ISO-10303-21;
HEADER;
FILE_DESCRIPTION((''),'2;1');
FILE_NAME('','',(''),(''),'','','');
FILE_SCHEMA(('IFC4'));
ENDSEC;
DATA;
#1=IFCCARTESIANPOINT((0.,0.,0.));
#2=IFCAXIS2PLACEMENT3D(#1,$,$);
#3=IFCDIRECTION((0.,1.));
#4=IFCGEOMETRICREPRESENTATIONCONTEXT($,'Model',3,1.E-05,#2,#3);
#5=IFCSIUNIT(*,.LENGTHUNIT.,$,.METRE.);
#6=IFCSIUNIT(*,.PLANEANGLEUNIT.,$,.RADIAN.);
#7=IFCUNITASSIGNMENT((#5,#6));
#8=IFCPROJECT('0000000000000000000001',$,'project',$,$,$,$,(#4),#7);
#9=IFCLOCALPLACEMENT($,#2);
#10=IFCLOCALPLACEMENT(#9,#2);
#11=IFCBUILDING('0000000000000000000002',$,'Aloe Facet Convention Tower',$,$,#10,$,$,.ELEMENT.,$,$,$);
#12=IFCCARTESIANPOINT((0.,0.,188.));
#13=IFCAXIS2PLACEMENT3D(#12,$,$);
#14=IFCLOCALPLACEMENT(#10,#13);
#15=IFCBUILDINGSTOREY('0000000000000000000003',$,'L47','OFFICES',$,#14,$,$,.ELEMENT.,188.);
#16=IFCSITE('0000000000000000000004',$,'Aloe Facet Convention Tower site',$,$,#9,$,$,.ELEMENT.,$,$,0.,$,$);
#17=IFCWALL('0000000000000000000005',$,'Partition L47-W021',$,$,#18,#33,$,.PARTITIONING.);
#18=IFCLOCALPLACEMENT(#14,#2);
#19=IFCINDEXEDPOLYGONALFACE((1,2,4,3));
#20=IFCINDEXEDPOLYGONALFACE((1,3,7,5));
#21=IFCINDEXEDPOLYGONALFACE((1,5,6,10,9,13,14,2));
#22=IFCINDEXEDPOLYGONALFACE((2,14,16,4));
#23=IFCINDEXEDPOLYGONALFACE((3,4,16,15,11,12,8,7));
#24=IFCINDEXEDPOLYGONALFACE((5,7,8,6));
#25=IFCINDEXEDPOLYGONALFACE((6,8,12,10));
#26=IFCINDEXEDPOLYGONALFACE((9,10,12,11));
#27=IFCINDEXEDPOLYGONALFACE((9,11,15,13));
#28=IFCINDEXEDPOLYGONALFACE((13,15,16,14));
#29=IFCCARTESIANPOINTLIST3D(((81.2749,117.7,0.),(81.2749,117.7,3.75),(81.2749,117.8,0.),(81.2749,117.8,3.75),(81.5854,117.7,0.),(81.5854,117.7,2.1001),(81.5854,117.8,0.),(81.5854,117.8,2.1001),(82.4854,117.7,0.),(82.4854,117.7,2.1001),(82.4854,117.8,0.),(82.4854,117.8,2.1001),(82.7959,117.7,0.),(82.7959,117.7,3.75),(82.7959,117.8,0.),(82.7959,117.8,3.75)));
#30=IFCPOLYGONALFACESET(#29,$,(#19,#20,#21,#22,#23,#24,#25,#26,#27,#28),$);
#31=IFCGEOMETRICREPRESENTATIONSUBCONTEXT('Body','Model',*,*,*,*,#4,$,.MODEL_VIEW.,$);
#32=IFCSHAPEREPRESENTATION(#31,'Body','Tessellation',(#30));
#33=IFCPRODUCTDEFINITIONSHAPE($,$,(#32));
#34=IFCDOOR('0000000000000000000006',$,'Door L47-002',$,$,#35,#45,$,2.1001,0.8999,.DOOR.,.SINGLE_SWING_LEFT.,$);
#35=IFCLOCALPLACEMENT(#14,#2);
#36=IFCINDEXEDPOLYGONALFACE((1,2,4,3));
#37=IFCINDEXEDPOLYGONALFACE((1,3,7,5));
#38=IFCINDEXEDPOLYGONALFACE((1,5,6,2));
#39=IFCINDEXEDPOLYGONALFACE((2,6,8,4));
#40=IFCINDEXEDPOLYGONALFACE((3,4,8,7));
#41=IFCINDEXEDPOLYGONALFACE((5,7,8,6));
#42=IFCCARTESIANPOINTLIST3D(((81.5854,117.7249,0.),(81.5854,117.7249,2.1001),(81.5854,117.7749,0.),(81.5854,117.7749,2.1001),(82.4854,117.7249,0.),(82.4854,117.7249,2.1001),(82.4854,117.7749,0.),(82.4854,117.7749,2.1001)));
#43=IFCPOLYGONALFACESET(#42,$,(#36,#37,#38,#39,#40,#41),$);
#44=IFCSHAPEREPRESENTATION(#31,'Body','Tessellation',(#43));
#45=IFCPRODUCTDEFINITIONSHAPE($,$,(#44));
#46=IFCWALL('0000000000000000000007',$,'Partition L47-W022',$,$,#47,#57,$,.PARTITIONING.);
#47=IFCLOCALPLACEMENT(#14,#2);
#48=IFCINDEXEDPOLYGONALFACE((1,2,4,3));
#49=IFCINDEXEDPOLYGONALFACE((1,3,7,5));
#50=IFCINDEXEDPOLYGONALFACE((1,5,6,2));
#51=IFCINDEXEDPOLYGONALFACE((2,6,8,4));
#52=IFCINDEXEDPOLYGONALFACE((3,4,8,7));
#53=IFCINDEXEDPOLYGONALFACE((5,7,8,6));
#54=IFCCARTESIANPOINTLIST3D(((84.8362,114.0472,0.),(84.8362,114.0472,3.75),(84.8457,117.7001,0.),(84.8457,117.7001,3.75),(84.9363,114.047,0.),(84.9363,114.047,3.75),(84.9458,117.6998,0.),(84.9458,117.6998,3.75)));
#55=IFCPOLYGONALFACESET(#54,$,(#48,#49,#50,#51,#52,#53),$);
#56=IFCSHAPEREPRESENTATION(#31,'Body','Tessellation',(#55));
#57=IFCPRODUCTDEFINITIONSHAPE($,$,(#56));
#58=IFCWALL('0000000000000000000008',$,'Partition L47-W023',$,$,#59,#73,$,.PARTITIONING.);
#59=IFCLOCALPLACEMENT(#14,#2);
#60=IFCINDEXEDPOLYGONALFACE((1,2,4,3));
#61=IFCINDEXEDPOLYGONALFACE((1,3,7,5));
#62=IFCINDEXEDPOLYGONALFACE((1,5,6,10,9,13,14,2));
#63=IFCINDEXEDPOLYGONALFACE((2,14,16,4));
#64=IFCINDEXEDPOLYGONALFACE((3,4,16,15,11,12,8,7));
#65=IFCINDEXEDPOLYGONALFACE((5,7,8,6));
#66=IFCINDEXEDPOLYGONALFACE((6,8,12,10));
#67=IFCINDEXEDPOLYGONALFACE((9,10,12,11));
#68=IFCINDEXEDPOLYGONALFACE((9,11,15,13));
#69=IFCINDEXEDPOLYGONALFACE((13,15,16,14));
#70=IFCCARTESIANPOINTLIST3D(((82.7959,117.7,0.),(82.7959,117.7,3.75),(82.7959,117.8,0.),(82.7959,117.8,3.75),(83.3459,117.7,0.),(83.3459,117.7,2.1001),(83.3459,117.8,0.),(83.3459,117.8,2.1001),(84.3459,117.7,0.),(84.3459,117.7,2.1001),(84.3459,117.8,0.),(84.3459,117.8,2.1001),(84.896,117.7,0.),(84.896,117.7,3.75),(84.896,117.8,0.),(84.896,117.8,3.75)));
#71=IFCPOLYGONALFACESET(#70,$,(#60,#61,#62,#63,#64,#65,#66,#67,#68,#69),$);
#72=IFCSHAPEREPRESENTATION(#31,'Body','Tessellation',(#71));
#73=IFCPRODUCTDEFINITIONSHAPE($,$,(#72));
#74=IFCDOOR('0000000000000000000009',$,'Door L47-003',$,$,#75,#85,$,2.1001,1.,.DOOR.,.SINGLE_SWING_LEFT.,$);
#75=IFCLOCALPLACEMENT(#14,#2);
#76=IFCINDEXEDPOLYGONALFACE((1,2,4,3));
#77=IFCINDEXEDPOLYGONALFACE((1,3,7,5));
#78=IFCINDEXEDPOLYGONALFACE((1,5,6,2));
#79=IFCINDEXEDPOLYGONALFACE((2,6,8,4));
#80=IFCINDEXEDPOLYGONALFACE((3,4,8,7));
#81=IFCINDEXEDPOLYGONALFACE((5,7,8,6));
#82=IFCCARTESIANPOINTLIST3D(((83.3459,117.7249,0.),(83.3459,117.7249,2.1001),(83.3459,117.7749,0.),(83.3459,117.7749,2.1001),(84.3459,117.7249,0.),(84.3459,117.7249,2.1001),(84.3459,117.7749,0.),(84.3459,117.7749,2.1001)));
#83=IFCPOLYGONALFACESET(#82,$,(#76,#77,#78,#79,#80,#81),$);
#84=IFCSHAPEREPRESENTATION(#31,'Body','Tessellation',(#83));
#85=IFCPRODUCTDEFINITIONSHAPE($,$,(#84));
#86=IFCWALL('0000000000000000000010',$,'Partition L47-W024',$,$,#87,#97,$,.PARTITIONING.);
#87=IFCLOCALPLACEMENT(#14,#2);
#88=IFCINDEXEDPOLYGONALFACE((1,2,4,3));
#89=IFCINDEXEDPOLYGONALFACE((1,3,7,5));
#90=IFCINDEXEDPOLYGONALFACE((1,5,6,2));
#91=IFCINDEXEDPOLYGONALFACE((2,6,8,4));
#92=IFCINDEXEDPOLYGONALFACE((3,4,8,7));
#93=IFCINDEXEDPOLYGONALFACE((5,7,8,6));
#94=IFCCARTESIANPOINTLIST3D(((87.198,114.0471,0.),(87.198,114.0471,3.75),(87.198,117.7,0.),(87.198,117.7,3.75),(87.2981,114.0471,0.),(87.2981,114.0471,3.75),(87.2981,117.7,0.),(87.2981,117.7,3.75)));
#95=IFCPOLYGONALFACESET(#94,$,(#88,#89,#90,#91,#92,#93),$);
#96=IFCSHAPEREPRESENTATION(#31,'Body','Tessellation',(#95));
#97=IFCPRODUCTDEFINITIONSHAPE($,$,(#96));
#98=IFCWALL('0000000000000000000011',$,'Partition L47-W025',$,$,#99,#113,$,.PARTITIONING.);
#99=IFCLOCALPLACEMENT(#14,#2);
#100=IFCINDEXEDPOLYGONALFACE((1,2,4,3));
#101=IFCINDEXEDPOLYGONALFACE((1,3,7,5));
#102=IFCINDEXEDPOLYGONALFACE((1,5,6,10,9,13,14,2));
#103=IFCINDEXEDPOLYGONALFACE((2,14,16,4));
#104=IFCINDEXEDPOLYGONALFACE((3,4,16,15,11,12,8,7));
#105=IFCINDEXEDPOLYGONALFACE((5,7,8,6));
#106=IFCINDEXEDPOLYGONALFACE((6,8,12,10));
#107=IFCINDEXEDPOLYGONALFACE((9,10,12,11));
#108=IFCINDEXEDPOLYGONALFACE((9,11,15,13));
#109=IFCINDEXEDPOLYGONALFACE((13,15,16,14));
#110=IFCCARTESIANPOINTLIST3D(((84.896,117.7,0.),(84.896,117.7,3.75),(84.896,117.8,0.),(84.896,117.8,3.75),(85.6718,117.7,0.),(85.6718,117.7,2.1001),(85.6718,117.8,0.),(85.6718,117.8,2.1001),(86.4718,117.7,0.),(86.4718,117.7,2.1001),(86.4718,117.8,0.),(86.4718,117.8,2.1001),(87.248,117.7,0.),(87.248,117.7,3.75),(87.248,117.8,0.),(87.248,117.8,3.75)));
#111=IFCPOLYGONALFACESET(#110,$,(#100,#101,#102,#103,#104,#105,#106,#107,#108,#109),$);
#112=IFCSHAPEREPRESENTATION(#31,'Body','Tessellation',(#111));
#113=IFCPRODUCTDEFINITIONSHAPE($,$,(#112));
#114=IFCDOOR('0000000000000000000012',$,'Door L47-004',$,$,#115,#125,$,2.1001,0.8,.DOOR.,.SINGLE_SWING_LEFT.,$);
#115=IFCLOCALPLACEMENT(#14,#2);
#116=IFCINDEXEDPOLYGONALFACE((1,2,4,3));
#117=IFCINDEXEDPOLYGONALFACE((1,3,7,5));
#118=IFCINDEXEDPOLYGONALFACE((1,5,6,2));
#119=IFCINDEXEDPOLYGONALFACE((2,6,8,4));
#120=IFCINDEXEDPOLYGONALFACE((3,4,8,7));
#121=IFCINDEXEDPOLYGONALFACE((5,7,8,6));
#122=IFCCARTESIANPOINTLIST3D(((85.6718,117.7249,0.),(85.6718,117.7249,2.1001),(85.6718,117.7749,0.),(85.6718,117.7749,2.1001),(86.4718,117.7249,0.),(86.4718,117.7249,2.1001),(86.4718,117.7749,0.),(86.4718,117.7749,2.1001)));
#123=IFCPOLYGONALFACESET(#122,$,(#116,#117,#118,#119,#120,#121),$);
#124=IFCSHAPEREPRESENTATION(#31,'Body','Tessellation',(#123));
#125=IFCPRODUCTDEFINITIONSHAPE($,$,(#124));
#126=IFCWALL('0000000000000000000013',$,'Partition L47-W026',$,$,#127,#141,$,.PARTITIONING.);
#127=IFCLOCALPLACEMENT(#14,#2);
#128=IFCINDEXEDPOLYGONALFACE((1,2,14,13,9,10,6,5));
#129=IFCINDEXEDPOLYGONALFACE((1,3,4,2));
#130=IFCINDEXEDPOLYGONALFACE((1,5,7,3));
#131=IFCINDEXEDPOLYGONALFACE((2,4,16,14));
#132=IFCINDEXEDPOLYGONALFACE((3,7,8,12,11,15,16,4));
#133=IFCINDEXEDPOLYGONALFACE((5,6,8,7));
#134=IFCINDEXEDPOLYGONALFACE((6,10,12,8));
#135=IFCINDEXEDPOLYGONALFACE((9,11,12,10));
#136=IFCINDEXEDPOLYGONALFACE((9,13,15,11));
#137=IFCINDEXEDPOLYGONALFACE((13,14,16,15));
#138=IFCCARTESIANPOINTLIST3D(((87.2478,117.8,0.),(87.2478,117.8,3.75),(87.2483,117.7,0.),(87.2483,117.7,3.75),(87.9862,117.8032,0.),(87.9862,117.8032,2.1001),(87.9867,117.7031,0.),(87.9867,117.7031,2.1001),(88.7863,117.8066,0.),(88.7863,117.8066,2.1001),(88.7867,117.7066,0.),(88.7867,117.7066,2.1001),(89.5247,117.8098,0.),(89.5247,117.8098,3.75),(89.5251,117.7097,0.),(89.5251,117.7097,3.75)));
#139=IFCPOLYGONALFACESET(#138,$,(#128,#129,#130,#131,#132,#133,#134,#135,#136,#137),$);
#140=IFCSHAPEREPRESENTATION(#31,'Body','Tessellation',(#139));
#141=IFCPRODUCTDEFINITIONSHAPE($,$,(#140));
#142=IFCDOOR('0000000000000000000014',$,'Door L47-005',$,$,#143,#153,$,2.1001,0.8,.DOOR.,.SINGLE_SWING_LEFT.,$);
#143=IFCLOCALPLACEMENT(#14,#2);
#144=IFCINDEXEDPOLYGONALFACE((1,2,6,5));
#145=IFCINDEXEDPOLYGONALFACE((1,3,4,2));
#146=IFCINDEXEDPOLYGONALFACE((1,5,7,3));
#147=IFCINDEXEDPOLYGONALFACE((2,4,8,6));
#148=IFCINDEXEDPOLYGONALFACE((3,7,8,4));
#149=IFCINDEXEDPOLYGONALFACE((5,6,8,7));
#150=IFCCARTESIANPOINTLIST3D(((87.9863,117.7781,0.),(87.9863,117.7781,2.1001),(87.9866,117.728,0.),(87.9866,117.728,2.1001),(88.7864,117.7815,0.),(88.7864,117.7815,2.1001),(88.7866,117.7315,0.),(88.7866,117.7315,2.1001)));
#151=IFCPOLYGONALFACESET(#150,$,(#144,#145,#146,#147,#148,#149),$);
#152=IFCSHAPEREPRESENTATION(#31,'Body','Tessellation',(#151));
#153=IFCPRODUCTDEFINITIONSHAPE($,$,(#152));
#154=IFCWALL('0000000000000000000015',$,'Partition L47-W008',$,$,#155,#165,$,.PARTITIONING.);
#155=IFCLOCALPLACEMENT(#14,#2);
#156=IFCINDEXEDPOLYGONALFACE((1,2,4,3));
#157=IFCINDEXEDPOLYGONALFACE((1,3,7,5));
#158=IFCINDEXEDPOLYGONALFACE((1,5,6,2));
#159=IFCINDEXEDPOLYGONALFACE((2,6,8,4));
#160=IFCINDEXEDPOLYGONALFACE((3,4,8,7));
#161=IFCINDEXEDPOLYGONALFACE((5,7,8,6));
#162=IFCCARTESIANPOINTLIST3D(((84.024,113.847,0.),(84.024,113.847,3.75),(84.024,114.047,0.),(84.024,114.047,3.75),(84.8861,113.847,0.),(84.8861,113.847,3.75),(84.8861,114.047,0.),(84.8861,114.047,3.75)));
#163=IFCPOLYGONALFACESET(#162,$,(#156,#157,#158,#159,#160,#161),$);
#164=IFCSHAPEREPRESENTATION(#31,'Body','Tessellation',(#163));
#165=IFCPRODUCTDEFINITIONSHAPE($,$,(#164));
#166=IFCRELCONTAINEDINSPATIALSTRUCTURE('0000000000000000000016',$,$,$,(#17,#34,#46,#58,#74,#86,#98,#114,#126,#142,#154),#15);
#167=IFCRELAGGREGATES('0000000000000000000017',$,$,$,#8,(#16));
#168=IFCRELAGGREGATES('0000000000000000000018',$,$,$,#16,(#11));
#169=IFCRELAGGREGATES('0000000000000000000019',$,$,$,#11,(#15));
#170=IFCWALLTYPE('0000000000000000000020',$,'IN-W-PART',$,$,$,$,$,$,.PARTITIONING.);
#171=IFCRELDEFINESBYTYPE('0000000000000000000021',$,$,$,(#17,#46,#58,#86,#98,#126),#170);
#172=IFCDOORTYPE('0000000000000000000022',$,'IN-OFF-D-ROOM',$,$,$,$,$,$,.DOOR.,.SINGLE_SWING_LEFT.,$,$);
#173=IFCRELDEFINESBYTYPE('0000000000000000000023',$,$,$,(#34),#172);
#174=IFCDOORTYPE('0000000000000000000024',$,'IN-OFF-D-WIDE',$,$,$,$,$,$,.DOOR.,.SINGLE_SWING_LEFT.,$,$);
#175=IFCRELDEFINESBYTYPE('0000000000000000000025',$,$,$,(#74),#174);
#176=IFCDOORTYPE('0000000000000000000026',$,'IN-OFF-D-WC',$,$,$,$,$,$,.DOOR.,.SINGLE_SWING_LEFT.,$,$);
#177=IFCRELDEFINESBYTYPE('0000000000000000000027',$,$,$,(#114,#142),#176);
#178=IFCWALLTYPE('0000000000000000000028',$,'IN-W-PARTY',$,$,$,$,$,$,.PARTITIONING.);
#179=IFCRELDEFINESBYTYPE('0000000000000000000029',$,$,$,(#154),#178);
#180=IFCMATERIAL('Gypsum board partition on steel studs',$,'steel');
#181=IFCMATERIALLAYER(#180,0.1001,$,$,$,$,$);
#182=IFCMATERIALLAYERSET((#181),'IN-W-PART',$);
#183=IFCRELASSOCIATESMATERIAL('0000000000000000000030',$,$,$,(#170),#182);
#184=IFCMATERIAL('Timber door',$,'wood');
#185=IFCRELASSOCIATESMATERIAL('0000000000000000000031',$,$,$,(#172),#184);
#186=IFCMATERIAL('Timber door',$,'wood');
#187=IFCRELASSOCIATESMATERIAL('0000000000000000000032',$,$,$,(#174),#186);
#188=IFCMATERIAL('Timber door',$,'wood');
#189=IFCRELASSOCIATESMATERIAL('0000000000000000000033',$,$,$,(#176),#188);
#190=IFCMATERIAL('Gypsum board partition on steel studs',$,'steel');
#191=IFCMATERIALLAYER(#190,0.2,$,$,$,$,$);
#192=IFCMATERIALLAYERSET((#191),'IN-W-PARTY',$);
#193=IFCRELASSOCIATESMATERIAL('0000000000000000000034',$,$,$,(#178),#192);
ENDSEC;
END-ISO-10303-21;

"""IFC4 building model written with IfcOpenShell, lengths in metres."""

from ifc_helpers import new_model, si_unit, direction, frame, frame_2d, origin, place, context, subcontext, project, spatial, rectangle, extrude, material, layer, layer_set, type_object, element, fill, save


model = new_model("IFC4")

# Units and contexts
model_context = context("Model", 3, precision=1e-05, world=origin(), true_north=direction((0.0, 1.0)))
body_context = subcontext(model_context, "Body", "Model", "MODEL_VIEW")
ifc_project = project(units=[si_unit("LENGTHUNIT", "METRE"), si_unit("PLANEANGLEUNIT", "RADIAN")], contexts=[model_context])

# Site, building, storey
site_placement = place(None, origin())
site = spatial("IfcSite", under=ifc_project, at=site_placement, Name="Aloe Facet Convention Tower site", CompositionType="ELEMENT", RefElevation=0.0)
building_placement = place(site_placement, origin())
building = spatial("IfcBuilding", under=site, at=building_placement, Name="Aloe Facet Convention Tower", CompositionType="ELEMENT")
storey_placement = place(building_placement, frame((0.0, 0.0, 188.0)))
storey = spatial("IfcBuildingStorey", under=building, at=storey_placement, Name="L47", Description="OFFICES", CompositionType="ELEMENT", Elevation=188.0)

# Shared definitions
ifc_material_1 = material(Name="Gypsum board partition on steel studs", Category="steel")
ifc_layer_1 = layer(ifc_material_1, 0.1001)
ifc_layer_set_1 = layer_set([ifc_layer_1], Name="IN-W-PART")
wall_type_1 = type_object("IfcWallType", Name="IN-W-PART", PredefinedType="PARTITIONING", material=ifc_layer_set_1)

# Wall, opening, door
wall_1_placement = place(storey_placement, frame((81.2749, 117.75, 0.0), z_axis=(0.0, 0.0, 1.0), x_axis=(1.0, 0.0, 0.0)))
wall_1 = element("IfcWall", 1, at=wall_1_placement, inside=storey, type_object=wall_type_1, Name="Partition L47-W021", PredefinedType="PARTITIONING", context=body_context, shape_type="SweptSolid", body=[
    extrude(rectangle(XDim=1.521, YDim=0.1001, at=frame_2d((0.7605, 0.0))), origin(), (0.0, 0.0, 1.0), 3.75),
])
opening_1_placement = place(wall_1_placement, frame((0.3105, 0.0, 0.0)))
opening_1 = element("IfcOpeningElement", 2, at=opening_1_placement, cuts=wall_1, PredefinedType="OPENING", context=body_context, shape_type="SweptSolid", body=[
    extrude(rectangle(XDim=0.8999, YDim=2.1001, at=frame_2d((0.45, 1.05))), frame((0.0, 0.0601, 0.0), z_axis=(0.0, -1.0, 0.0), x_axis=(1.0, 0.0, 0.0)), (0.0, 0.0, 1.0), 0.1201),
])
ifc_material_2 = material(Name="Timber door", Category="wood")
door_type_1 = type_object("IfcDoorType", Name="IN-OFF-D-ROOM", OperationType="SINGLE_SWING_LEFT", PredefinedType="DOOR", material=ifc_material_2)
door_1_placement = place(opening_1_placement, origin())
door_1 = element("IfcDoor", 3, at=door_1_placement, inside=storey, type_object=door_type_1, Name="Door L47-002", OperationType="SINGLE_SWING_LEFT", OverallHeight=2.1001, OverallWidth=0.8999, PredefinedType="DOOR", context=body_context, shape_type="SweptSolid", body=[
    extrude(rectangle(XDim=0.8999, YDim=2.1001, at=frame_2d((0.45, 1.05))), frame((0.0, 0.0249, 0.0), z_axis=(0.0, -1.0, 0.0), x_axis=(1.0, 0.0, 0.0)), (0.0, 0.0, 1.0), 0.05),
])
fill(opening_1, door_1)

# Wall
wall_2_placement = place(storey_placement, frame((84.8862, 114.0471, 0.0), z_axis=(0.0, 0.0, 1.0), x_axis=(0.002607, 0.999997, 0.0)))
element("IfcWall", 4, at=wall_2_placement, inside=storey, type_object=wall_type_1, Name="Partition L47-W022", PredefinedType="PARTITIONING", context=body_context, shape_type="SweptSolid", body=[
    extrude(rectangle(XDim=3.6528, YDim=0.1001, at=frame_2d((1.8264, 0.0))), origin(), (0.0, 0.0, 1.0), 3.75),
])

# Wall, opening, door
wall_3_placement = place(storey_placement, frame((82.7959, 117.75, 0.0), z_axis=(0.0, 0.0, 1.0), x_axis=(1.0, 0.0, 0.0)))
wall_3 = element("IfcWall", 5, at=wall_3_placement, inside=storey, type_object=wall_type_1, Name="Partition L47-W023", PredefinedType="PARTITIONING", context=body_context, shape_type="SweptSolid", body=[
    extrude(rectangle(XDim=2.1001, YDim=0.1001, at=frame_2d((1.05, 0.0))), origin(), (0.0, 0.0, 1.0), 3.75),
])
opening_2_placement = place(wall_3_placement, frame((0.55, 0.0, 0.0)))
opening_2 = element("IfcOpeningElement", 6, at=opening_2_placement, cuts=wall_3, PredefinedType="OPENING", context=body_context, shape_type="SweptSolid", body=[
    extrude(rectangle(XDim=1.0, YDim=2.1001, at=frame_2d((0.5, 1.05))), frame((0.0, 0.0601, 0.0), z_axis=(0.0, -1.0, 0.0), x_axis=(1.0, 0.0, 0.0)), (0.0, 0.0, 1.0), 0.1201),
])
ifc_material_3 = material(Name="Timber door", Category="wood")
door_type_2 = type_object("IfcDoorType", Name="IN-OFF-D-WIDE", OperationType="SINGLE_SWING_LEFT", PredefinedType="DOOR", material=ifc_material_3)
door_2_placement = place(opening_2_placement, origin())
door_2 = element("IfcDoor", 7, at=door_2_placement, inside=storey, type_object=door_type_2, Name="Door L47-003", OperationType="SINGLE_SWING_LEFT", OverallHeight=2.1001, OverallWidth=1.0, PredefinedType="DOOR", context=body_context, shape_type="SweptSolid", body=[
    extrude(rectangle(XDim=1.0, YDim=2.1001, at=frame_2d((0.5, 1.05))), frame((0.0, 0.0249, 0.0), z_axis=(0.0, -1.0, 0.0), x_axis=(1.0, 0.0, 0.0)), (0.0, 0.0, 1.0), 0.05),
])
fill(opening_2, door_2)

# Wall
wall_4_placement = place(storey_placement, frame((87.248, 114.0471, 0.0), z_axis=(0.0, 0.0, 1.0), x_axis=(0.0, 1.0, 0.0)))
element("IfcWall", 8, at=wall_4_placement, inside=storey, type_object=wall_type_1, Name="Partition L47-W024", PredefinedType="PARTITIONING", context=body_context, shape_type="SweptSolid", body=[
    extrude(rectangle(XDim=3.6528, YDim=0.1001, at=frame_2d((1.8264, 0.0))), origin(), (0.0, 0.0, 1.0), 3.75),
])

# Walls, openings, doors
wall_5_placement = place(storey_placement, frame((84.896, 117.75, 0.0), z_axis=(0.0, 0.0, 1.0), x_axis=(1.0, 0.0, 0.0)))
wall_5 = element("IfcWall", 9, at=wall_5_placement, inside=storey, type_object=wall_type_1, Name="Partition L47-W025", PredefinedType="PARTITIONING", context=body_context, shape_type="SweptSolid", body=[
    extrude(rectangle(XDim=2.3521, YDim=0.1001, at=frame_2d((1.176, 0.0))), origin(), (0.0, 0.0, 1.0), 3.75),
])
opening_3_placement = place(wall_5_placement, frame((0.7759, 0.0, 0.0)))
opening_3 = element("IfcOpeningElement", 10, at=opening_3_placement, cuts=wall_5, PredefinedType="OPENING", context=body_context, shape_type="SweptSolid", body=[
    extrude(rectangle(XDim=0.8, YDim=2.1001, at=frame_2d((0.3999, 1.05))), frame((0.0, 0.0601, 0.0), z_axis=(0.0, -1.0, 0.0), x_axis=(1.0, 0.0, 0.0)), (0.0, 0.0, 1.0), 0.1201),
])
ifc_material_4 = material(Name="Timber door", Category="wood")
door_type_3 = type_object("IfcDoorType", Name="IN-OFF-D-WC", OperationType="SINGLE_SWING_LEFT", PredefinedType="DOOR", material=ifc_material_4)
door_3_placement = place(opening_3_placement, origin())
door_3 = element("IfcDoor", 11, at=door_3_placement, inside=storey, type_object=door_type_3, Name="Door L47-004", OperationType="SINGLE_SWING_LEFT", OverallHeight=2.1001, OverallWidth=0.8, PredefinedType="DOOR", context=body_context, shape_type="SweptSolid", body=[
    extrude(rectangle(XDim=0.8, YDim=2.1001, at=frame_2d((0.3999, 1.05))), frame((0.0, 0.0249, 0.0), z_axis=(0.0, -1.0, 0.0), x_axis=(1.0, 0.0, 0.0)), (0.0, 0.0, 1.0), 0.05),
])
fill(opening_3, door_3)
wall_6_placement = place(storey_placement, frame((87.248, 117.75, 0.0), z_axis=(0.0, 0.0, 1.0), x_axis=(0.999991, 0.004289, 0.0)))
wall_6 = element("IfcWall", 12, at=wall_6_placement, inside=storey, type_object=wall_type_1, Name="Partition L47-W026", PredefinedType="PARTITIONING", context=body_context, shape_type="SweptSolid", body=[
    extrude(rectangle(XDim=2.2769, YDim=0.1001, at=frame_2d((1.1384, 0.0))), origin(), (0.0, 0.0, 1.0), 3.75),
])
opening_4_placement = place(wall_6_placement, frame((0.7385, 0.0, 0.0)))
opening_4 = element("IfcOpeningElement", 13, at=opening_4_placement, cuts=wall_6, PredefinedType="OPENING", context=body_context, shape_type="SweptSolid", body=[
    extrude(rectangle(XDim=0.8, YDim=2.1001, at=frame_2d((0.3999, 1.05))), frame((0.0, 0.0601, 0.0), z_axis=(0.0, -1.0, 0.0), x_axis=(1.0, 0.0, 0.0)), (0.0, 0.0, 1.0), 0.1201),
])
door_4_placement = place(opening_4_placement, origin())
door_4 = element("IfcDoor", 14, at=door_4_placement, inside=storey, type_object=door_type_3, Name="Door L47-005", OperationType="SINGLE_SWING_LEFT", OverallHeight=2.1001, OverallWidth=0.8, PredefinedType="DOOR", context=body_context, shape_type="SweptSolid", body=[
    extrude(rectangle(XDim=0.8, YDim=2.1001, at=frame_2d((0.3999, 1.05))), frame((0.0, 0.0249, 0.0), z_axis=(0.0, -1.0, 0.0), x_axis=(1.0, 0.0, 0.0)), (0.0, 0.0, 1.0), 0.05),
])
fill(opening_4, door_4)

# Wall
ifc_material_5 = material(Name="Gypsum board partition on steel studs", Category="steel")
ifc_layer_2 = layer(ifc_material_5, 0.2)
ifc_layer_set_2 = layer_set([ifc_layer_2], Name="IN-W-PARTY")
wall_type_2 = type_object("IfcWallType", Name="IN-W-PARTY", PredefinedType="PARTITIONING", material=ifc_layer_set_2)
wall_7_placement = place(storey_placement, frame((84.0239, 113.947, 0.0), z_axis=(0.0, 0.0, 1.0), x_axis=(1.0, 0.0, 0.0)))
element("IfcWall", 15, at=wall_7_placement, inside=storey, type_object=wall_type_2, Name="Partition L47-W008", PredefinedType="PARTITIONING", context=body_context, shape_type="SweptSolid", body=[
    extrude(rectangle(XDim=0.8621, YDim=0.2, at=frame_2d((0.4312, 0.0))), origin(), (0.0, 0.0, 1.0), 3.75),
])

save(model, "model.ifc")
